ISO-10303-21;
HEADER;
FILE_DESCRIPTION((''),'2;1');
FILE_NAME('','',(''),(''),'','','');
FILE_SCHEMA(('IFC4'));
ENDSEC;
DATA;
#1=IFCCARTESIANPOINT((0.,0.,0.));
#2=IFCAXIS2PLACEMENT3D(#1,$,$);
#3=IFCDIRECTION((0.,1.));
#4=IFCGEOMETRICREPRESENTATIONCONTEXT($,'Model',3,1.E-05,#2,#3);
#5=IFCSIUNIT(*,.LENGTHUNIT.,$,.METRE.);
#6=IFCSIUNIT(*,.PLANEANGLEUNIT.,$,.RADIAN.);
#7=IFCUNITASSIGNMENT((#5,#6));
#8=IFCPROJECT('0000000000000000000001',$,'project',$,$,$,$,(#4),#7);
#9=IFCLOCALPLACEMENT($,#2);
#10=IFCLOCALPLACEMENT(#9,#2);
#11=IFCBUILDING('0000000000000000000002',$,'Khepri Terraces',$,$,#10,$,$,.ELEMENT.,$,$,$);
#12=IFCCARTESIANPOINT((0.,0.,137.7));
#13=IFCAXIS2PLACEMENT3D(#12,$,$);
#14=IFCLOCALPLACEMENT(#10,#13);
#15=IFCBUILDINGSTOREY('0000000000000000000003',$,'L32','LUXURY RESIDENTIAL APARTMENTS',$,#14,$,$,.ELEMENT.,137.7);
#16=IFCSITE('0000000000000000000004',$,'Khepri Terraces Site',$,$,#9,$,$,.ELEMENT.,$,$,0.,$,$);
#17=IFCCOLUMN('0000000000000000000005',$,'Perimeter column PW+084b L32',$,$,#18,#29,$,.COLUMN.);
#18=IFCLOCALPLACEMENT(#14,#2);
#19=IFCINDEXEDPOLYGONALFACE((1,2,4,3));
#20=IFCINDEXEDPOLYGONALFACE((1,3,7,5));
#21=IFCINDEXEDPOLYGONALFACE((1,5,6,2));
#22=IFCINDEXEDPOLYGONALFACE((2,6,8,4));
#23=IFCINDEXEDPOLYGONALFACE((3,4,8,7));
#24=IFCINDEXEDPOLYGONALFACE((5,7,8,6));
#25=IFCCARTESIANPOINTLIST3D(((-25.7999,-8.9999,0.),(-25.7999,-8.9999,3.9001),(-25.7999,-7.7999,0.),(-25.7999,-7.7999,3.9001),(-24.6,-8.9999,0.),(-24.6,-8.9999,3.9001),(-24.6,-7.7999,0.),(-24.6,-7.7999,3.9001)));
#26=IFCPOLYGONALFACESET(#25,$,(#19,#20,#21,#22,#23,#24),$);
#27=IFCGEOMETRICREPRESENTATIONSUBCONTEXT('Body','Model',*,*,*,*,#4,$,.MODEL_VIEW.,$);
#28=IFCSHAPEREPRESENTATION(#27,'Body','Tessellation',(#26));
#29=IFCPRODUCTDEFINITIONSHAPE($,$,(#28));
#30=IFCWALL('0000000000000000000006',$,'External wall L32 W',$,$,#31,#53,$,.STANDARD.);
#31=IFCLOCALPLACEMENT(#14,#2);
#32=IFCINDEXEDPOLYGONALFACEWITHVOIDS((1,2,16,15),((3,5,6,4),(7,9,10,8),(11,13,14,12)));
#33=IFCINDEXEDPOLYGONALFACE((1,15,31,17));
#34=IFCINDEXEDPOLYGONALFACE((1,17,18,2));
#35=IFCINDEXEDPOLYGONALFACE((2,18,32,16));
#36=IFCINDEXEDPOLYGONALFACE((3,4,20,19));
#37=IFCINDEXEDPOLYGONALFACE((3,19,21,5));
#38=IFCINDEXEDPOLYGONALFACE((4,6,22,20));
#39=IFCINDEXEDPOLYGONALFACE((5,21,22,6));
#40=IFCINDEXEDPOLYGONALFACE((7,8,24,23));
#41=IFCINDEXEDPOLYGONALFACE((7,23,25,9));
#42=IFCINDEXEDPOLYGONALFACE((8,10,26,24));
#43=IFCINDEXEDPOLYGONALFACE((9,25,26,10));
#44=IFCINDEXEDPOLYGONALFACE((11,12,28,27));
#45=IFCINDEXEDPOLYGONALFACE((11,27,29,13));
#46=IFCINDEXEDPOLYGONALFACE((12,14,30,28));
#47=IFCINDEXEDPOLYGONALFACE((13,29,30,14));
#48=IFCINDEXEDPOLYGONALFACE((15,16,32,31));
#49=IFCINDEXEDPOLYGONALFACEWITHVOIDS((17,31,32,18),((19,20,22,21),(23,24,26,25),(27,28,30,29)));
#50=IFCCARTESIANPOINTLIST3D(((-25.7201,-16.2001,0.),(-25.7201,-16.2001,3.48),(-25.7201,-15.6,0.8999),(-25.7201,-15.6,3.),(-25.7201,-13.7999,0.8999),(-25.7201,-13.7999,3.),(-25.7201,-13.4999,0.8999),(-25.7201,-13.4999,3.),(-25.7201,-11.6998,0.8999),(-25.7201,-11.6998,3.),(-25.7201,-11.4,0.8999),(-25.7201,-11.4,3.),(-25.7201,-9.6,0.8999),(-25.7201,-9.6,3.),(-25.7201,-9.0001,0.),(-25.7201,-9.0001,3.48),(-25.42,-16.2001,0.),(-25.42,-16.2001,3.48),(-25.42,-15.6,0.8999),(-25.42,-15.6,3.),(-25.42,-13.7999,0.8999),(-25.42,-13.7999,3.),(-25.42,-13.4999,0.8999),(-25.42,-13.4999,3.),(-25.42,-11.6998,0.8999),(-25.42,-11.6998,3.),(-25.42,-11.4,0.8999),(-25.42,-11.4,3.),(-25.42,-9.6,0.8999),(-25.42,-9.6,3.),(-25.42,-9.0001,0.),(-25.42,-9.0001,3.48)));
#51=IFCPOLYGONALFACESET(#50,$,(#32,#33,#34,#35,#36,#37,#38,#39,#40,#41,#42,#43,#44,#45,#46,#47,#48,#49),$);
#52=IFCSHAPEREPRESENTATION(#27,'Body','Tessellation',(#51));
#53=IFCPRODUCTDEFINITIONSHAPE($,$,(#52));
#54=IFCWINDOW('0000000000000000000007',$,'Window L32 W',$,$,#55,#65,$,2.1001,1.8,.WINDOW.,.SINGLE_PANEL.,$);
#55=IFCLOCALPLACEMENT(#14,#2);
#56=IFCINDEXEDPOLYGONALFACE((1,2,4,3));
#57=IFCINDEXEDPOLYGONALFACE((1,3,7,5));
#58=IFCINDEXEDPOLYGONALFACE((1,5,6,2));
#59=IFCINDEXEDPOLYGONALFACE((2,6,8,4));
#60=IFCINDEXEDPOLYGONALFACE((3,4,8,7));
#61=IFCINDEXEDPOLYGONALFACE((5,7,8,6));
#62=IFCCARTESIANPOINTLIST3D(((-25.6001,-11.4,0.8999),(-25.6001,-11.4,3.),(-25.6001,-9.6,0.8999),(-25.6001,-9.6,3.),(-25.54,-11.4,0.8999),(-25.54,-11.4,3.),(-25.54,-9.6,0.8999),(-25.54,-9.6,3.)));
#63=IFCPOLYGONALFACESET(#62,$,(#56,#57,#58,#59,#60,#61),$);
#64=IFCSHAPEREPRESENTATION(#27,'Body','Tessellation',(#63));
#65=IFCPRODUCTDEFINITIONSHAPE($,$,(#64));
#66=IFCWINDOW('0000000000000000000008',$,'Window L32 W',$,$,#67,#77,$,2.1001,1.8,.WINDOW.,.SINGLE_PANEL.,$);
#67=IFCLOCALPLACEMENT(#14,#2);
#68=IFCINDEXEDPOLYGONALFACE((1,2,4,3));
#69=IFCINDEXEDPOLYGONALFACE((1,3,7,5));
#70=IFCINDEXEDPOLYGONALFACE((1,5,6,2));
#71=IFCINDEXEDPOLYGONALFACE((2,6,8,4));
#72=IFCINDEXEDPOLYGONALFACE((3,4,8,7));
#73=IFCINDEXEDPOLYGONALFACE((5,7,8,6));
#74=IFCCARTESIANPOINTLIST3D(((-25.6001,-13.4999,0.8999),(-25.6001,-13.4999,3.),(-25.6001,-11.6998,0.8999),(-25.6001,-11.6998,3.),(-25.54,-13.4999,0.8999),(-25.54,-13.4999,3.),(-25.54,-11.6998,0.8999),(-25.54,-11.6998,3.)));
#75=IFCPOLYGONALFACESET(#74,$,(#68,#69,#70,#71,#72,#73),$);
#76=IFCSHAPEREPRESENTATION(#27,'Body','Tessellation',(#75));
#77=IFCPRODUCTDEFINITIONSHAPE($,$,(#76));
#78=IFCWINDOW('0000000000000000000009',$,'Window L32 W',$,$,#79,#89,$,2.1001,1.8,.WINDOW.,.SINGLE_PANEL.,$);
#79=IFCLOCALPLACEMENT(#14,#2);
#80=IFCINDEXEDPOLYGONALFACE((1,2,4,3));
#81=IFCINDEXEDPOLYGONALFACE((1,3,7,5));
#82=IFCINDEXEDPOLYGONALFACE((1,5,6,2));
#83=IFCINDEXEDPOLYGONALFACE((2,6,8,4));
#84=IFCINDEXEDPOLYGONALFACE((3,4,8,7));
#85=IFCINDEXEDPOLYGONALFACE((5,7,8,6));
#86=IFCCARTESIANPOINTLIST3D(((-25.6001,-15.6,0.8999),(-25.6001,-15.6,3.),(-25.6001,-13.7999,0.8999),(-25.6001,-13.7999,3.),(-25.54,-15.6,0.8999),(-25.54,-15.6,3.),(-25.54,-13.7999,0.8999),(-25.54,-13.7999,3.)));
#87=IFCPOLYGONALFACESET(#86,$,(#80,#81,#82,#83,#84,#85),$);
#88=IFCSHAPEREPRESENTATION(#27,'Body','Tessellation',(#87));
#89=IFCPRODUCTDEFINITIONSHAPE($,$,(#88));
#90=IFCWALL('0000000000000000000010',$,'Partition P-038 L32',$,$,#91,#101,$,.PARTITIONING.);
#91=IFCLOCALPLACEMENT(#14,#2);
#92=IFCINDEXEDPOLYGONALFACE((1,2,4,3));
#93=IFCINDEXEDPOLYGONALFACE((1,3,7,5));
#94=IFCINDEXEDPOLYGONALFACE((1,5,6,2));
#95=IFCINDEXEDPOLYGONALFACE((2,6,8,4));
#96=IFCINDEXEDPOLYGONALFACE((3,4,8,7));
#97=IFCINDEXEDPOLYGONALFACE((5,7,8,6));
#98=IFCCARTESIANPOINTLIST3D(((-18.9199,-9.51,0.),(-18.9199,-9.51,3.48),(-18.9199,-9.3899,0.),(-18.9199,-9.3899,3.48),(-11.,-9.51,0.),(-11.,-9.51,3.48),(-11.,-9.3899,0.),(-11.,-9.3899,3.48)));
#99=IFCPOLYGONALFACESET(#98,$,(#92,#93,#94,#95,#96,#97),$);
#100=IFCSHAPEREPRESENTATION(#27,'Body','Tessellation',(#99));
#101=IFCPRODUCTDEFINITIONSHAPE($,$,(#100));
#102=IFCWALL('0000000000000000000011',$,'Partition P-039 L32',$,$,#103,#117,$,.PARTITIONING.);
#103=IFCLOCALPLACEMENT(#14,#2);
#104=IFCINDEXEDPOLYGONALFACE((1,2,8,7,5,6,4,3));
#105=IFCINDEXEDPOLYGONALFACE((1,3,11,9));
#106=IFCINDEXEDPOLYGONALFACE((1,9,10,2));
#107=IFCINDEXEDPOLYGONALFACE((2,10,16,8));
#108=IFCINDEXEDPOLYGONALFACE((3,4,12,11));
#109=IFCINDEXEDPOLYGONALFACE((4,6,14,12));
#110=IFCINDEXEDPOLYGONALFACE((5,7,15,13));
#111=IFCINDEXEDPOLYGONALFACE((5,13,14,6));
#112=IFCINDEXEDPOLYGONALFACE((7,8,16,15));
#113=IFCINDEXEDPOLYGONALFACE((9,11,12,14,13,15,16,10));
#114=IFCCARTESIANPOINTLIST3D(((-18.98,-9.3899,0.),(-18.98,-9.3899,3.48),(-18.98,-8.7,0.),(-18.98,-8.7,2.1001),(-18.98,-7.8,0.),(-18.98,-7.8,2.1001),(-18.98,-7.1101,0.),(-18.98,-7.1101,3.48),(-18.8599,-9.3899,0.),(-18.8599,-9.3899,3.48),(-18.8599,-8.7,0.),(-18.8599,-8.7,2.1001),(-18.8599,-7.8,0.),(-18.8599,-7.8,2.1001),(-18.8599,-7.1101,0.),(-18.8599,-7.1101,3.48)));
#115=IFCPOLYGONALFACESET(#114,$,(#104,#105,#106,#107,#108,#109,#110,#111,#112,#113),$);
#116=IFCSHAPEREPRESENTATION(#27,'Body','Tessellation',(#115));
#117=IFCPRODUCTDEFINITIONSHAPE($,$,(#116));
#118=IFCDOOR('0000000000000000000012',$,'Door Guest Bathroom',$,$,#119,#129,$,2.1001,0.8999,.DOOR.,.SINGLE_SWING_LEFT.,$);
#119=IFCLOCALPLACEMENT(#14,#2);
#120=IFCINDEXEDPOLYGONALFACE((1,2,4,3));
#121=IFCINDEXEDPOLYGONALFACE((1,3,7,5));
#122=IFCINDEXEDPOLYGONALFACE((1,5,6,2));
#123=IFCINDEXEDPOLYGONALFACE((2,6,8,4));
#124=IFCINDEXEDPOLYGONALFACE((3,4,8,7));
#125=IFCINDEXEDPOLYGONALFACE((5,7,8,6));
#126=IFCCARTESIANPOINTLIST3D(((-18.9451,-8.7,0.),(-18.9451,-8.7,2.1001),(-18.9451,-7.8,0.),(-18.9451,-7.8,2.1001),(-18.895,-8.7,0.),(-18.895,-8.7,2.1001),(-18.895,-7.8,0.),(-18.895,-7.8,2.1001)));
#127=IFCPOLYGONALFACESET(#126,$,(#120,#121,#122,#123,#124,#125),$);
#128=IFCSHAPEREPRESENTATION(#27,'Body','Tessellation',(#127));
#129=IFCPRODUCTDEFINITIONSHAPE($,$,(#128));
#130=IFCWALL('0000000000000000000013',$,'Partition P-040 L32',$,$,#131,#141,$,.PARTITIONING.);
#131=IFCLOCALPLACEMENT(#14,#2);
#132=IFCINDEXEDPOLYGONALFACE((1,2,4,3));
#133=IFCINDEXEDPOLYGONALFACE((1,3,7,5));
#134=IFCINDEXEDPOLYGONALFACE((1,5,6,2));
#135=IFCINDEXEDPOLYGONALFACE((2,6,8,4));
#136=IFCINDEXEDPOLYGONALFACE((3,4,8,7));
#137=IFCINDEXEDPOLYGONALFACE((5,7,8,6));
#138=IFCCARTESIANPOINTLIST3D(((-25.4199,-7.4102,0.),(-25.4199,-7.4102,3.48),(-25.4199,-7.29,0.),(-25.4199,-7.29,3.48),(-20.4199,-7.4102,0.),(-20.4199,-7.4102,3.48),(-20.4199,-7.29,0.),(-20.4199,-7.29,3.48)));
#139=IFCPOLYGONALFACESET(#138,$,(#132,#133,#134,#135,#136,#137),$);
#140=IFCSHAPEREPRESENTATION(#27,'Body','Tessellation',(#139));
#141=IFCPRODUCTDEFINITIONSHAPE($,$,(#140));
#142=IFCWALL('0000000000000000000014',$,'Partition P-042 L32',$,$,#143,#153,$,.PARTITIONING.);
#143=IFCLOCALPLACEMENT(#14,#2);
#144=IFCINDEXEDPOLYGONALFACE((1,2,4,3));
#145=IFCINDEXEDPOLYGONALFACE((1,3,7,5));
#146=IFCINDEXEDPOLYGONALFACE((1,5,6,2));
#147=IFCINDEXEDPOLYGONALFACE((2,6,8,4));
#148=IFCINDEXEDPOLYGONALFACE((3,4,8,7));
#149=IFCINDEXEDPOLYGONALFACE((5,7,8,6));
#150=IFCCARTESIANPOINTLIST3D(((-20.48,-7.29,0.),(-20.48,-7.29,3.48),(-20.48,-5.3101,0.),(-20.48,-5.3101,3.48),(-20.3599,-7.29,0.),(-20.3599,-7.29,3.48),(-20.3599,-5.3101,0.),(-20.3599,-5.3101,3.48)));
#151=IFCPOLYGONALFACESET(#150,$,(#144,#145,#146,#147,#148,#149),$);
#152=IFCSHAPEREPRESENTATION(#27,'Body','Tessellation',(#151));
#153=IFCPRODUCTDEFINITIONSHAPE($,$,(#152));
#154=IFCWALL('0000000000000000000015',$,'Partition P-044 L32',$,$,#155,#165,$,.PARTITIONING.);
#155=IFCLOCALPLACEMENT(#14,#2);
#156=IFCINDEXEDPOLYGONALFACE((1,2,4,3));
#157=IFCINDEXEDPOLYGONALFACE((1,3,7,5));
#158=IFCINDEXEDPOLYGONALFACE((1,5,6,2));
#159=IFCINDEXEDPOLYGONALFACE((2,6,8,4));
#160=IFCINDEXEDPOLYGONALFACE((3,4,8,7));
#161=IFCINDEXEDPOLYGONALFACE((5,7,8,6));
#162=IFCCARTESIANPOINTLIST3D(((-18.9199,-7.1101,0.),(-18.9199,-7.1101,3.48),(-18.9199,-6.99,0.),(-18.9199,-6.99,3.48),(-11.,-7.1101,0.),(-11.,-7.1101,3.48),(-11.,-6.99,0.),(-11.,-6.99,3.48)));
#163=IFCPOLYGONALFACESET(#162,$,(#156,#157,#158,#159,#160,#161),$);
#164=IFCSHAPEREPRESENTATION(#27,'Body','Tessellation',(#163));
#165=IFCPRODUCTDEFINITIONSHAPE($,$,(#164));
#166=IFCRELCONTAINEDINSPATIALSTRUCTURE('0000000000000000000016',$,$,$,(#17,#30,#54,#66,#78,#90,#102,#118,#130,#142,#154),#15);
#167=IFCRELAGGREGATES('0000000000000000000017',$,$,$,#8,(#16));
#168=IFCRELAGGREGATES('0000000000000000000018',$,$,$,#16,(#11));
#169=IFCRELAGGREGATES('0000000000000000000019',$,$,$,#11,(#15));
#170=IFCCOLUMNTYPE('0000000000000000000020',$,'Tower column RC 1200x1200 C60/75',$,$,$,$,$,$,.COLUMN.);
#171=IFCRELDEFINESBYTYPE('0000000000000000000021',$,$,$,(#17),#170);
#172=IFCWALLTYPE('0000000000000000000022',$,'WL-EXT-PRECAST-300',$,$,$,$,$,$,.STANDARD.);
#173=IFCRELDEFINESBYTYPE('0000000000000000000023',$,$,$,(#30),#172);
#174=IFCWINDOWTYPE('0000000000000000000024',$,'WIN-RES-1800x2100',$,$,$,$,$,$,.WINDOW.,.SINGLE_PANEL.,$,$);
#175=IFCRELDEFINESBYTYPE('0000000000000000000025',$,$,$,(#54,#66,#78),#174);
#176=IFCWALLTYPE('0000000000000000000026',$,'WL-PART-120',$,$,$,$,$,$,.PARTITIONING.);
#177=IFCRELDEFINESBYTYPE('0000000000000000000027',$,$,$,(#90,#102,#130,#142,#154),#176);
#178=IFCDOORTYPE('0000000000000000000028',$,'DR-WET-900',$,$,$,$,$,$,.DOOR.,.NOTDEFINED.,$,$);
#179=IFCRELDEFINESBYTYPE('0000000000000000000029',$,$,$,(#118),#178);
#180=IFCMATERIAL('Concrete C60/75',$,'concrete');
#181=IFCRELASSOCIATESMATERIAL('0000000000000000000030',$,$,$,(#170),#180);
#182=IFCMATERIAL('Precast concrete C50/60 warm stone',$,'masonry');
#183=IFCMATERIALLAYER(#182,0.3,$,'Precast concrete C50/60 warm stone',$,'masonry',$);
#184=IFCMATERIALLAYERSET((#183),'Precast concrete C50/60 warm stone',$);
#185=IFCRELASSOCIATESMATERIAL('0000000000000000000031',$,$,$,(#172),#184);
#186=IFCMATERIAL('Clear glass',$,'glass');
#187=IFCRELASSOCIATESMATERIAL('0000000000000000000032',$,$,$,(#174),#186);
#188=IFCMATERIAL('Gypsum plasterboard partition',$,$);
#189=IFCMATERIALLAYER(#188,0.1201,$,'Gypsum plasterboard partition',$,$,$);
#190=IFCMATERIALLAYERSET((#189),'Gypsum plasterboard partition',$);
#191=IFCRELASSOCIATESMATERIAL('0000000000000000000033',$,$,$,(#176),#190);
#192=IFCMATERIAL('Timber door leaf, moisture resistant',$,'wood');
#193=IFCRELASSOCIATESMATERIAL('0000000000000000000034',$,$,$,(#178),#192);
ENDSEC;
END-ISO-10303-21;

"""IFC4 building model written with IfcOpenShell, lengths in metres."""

from ifc_helpers import new_model, si_unit, direction, frame, frame_2d, origin, origin_2d, place, context, subcontext, project, spatial, rectangle, extrude, material, layer, layer_set, material_profile, profile_set, type_object, element, fill, save


model = new_model("IFC4")

# Units and contexts
model_context = context("Model", 3, precision=1e-05, world=origin(), true_north=direction((0.0, 1.0)))
body_context = subcontext(model_context, "Body", "Model", "MODEL_VIEW")
ifc_project = project(units=[si_unit("LENGTHUNIT", "METRE"), si_unit("PLANEANGLEUNIT", "RADIAN")], contexts=[model_context])

# Site, building, storey
site_placement = place(None, origin())
site = spatial("IfcSite", under=ifc_project, at=site_placement, Name="Khepri Terraces Site", CompositionType="ELEMENT", RefElevation=0.0)
building_placement = place(site_placement, origin())
building = spatial("IfcBuilding", under=site, at=building_placement, Name="Khepri Terraces", CompositionType="ELEMENT")
storey_placement = place(building_placement, frame((0.0, 0.0, 137.7)))
storey = spatial("IfcBuildingStorey", under=building, at=storey_placement, Name="L32", Description="LUXURY RESIDENTIAL APARTMENTS", CompositionType="ELEMENT", Elevation=137.7)

# Column
ifc_material_1 = material(Name="Concrete C60/75", Category="concrete")
ifc_material_profile = material_profile(ifc_material_1, rectangle(XDim=1.2, YDim=1.2, at=origin_2d()), Name="Concrete C60/75", Category="concrete")
ifc_profile_set = profile_set([ifc_material_profile], Name="Concrete C60/75")
column_type = type_object("IfcColumnType", Name="Tower column RC 1200x1200 C60/75", PredefinedType="COLUMN", material=ifc_profile_set)
column_placement = place(storey_placement, frame((-25.2, -8.3999, 0.0), z_axis=(0.0, 0.0, 1.0), x_axis=(1.0, 0.0, 0.0)))
element("IfcColumn", 1, at=column_placement, inside=storey, type_object=column_type, Name="Perimeter column PW+084b L32", PredefinedType="COLUMN", context=body_context, shape_type="SweptSolid", body=[
    extrude(rectangle(XDim=1.2, YDim=1.2, at=origin_2d()), origin(), (0.0, 0.0, 1.0), 3.9001),
])

# Shared definitions
ifc_material_2 = material(Name="Precast concrete C50/60 warm stone", Category="masonry")
ifc_layer_1 = layer(ifc_material_2, 0.3, Name="Precast concrete C50/60 warm stone", Category="masonry")
ifc_layer_set_1 = layer_set([ifc_layer_1], Name="Precast concrete C50/60 warm stone")
wall_type_1 = type_object("IfcWallType", Name="WL-EXT-PRECAST-300", PredefinedType="STANDARD", material=ifc_layer_set_1)
ifc_material_3 = material(Name="Clear glass", Category="glass")
window_type = type_object("IfcWindowType", Name="WIN-RES-1800x2100", PartitioningType="SINGLE_PANEL", PredefinedType="WINDOW", material=ifc_material_3)

# Wall, openings, windows
wall_1_placement = place(storey_placement, frame((-25.5701, -9.0, 0.0), z_axis=(0.0, 0.0, 1.0), x_axis=(0.0, -1.0, 0.0)))
wall_1 = element("IfcWall", 2, at=wall_1_placement, inside=storey, type_object=wall_type_1, Name="External wall L32 W", PredefinedType="STANDARD", context=body_context, shape_type="SweptSolid", body=[
    extrude(rectangle(XDim=7.2, YDim=0.3, at=frame_2d((3.6001, 0.0))), origin(), (0.0, 0.0, 1.0), 3.48),
])
opening_1_placement = place(wall_1_placement, frame((0.6001, 0.0, 0.8999)))
opening_1 = element("IfcOpeningElement", 3, at=opening_1_placement, cuts=wall_1, PredefinedType="OPENING", context=body_context, shape_type="SweptSolid", body=[
    extrude(rectangle(XDim=1.8, YDim=2.1001, at=frame_2d((0.8999, 1.05))), frame((0.0, 0.1602, 0.0), z_axis=(0.0, -1.0, 0.0), x_axis=(1.0, 0.0, 0.0)), (0.0, 0.0, 1.0), 0.3201),
])
opening_2_placement = place(wall_1_placement, frame((2.7, 0.0, 0.8999)))
opening_2 = element("IfcOpeningElement", 4, at=opening_2_placement, cuts=wall_1, PredefinedType="OPENING", context=body_context, shape_type="SweptSolid", body=[
    extrude(rectangle(XDim=1.8, YDim=2.1001, at=frame_2d((0.8999, 1.05))), frame((0.0, 0.1602, 0.0), z_axis=(0.0, -1.0, 0.0), x_axis=(1.0, 0.0, 0.0)), (0.0, 0.0, 1.0), 0.3201),
])
opening_3_placement = place(wall_1_placement, frame((4.8, 0.0, 0.8999)))
opening_3 = element("IfcOpeningElement", 5, at=opening_3_placement, cuts=wall_1, PredefinedType="OPENING", context=body_context, shape_type="SweptSolid", body=[
    extrude(rectangle(XDim=1.8, YDim=2.1001, at=frame_2d((0.8999, 1.05))), frame((0.0, 0.1602, 0.0), z_axis=(0.0, -1.0, 0.0), x_axis=(1.0, 0.0, 0.0)), (0.0, 0.0, 1.0), 0.3201),
])
window_1_placement = place(opening_1_placement, origin())
window_1 = element("IfcWindow", 6, at=window_1_placement, inside=storey, type_object=window_type, Name="Window L32 W", OverallHeight=2.1001, OverallWidth=1.8, PartitioningType="SINGLE_PANEL", PredefinedType="WINDOW", context=body_context, shape_type="SweptSolid", body=[
    extrude(rectangle(XDim=1.8, YDim=2.1001, at=frame_2d((0.8999, 1.05))), frame((0.0, 0.03, 0.0), z_axis=(0.0, -1.0, 0.0), x_axis=(1.0, 0.0, 0.0)), (0.0, 0.0, 1.0), 0.0601),
])
fill(opening_1, window_1)
window_2_placement = place(opening_2_placement, origin())
window_2 = element("IfcWindow", 7, at=window_2_placement, inside=storey, type_object=window_type, Name="Window L32 W", OverallHeight=2.1001, OverallWidth=1.8, PartitioningType="SINGLE_PANEL", PredefinedType="WINDOW", context=body_context, shape_type="SweptSolid", body=[
    extrude(rectangle(XDim=1.8, YDim=2.1001, at=frame_2d((0.8999, 1.05))), frame((0.0, 0.03, 0.0), z_axis=(0.0, -1.0, 0.0), x_axis=(1.0, 0.0, 0.0)), (0.0, 0.0, 1.0), 0.0601),
])
fill(opening_2, window_2)
window_3_placement = place(opening_3_placement, origin())
window_3 = element("IfcWindow", 8, at=window_3_placement, inside=storey, type_object=window_type, Name="Window L32 W", OverallHeight=2.1001, OverallWidth=1.8, PartitioningType="SINGLE_PANEL", PredefinedType="WINDOW", context=body_context, shape_type="SweptSolid", body=[
    extrude(rectangle(XDim=1.8, YDim=2.1001, at=frame_2d((0.8999, 1.05))), frame((0.0, 0.03, 0.0), z_axis=(0.0, -1.0, 0.0), x_axis=(1.0, 0.0, 0.0)), (0.0, 0.0, 1.0), 0.0601),
])
fill(opening_3, window_3)

# Wall
ifc_material_4 = material(Name="Gypsum plasterboard partition")
ifc_layer_2 = layer(ifc_material_4, 0.1201, Name="Gypsum plasterboard partition")
ifc_layer_set_2 = layer_set([ifc_layer_2], Name="Gypsum plasterboard partition")
wall_type_2 = type_object("IfcWallType", Name="WL-PART-120", PredefinedType="PARTITIONING", material=ifc_layer_set_2)
wall_2_placement = place(storey_placement, frame((-18.9199, -9.45, 0.0), z_axis=(0.0, 0.0, 1.0), x_axis=(1.0, 0.0, 0.0)))
element("IfcWall", 9, at=wall_2_placement, inside=storey, type_object=wall_type_2, Name="Partition P-038 L32", PredefinedType="PARTITIONING", context=body_context, shape_type="SweptSolid", body=[
    extrude(rectangle(XDim=7.9199, YDim=0.1201, at=frame_2d((3.96, 0.0))), origin(), (0.0, 0.0, 1.0), 3.48),
])

# Wall, opening, door
wall_3_placement = place(storey_placement, frame((-18.9199, -9.3899, 0.0), z_axis=(0.0, 0.0, 1.0), x_axis=(0.0, 1.0, 0.0)))
wall_3 = element("IfcWall", 10, at=wall_3_placement, inside=storey, type_object=wall_type_2, Name="Partition P-039 L32", PredefinedType="PARTITIONING", context=body_context, shape_type="SweptSolid", body=[
    extrude(rectangle(XDim=2.2798, YDim=0.1201, at=frame_2d((1.1399, 0.0))), origin(), (0.0, 0.0, 1.0), 3.48),
])
opening_4_placement = place(wall_3_placement, frame((0.6899, 0.0, 0.0)))
opening_4 = element("IfcOpeningElement", 11, at=opening_4_placement, cuts=wall_3, PredefinedType="OPENING", context=body_context, shape_type="SweptSolid", body=[
    extrude(rectangle(XDim=0.8999, YDim=2.1001, at=frame_2d((0.45, 1.05))), frame((0.0, 0.0701, 0.0), z_axis=(0.0, -1.0, 0.0), x_axis=(1.0, 0.0, 0.0)), (0.0, 0.0, 1.0), 0.1401),
])
ifc_material_5 = material(Name="Timber door leaf, moisture resistant", Category="wood")
door_type_1 = type_object("IfcDoorType", Name="DR-WET-900", OperationType="NOTDEFINED", PredefinedType="DOOR", material=ifc_material_5)
door_1_placement = place(opening_4_placement, frame((0.8999, 0.0, 0.0), z_axis=(0.0, 0.0, 1.0), x_axis=(-1.0, 0.0, 0.0)))
door_1 = element("IfcDoor", 12, at=door_1_placement, inside=storey, type_object=door_type_1, Name="Door Guest Bathroom", OperationType="SINGLE_SWING_LEFT", OverallHeight=2.1001, OverallWidth=0.8999, PredefinedType="DOOR", context=body_context, shape_type="SweptSolid", body=[
    extrude(rectangle(XDim=0.8999, YDim=2.1001, at=frame_2d((0.45, 1.05))), frame((0.0, 0.0249, 0.0), z_axis=(0.0, -1.0, 0.0), x_axis=(1.0, 0.0, 0.0)), (0.0, 0.0, 1.0), 0.05),
])
fill(opening_4, door_1)

# Walls
wall_4_placement = place(storey_placement, frame((-25.4199, -7.3501, 0.0), z_axis=(0.0, 0.0, 1.0), x_axis=(1.0, 0.0, 0.0)))
element("IfcWall", 13, at=wall_4_placement, inside=storey, type_object=wall_type_2, Name="Partition P-040 L32", PredefinedType="PARTITIONING", context=body_context, shape_type="SweptSolid", body=[
    extrude(rectangle(XDim=5.0, YDim=0.1201, at=frame_2d((2.5, 0.0))), origin(), (0.0, 0.0, 1.0), 3.48),
])
wall_5_placement = place(storey_placement, frame((-20.4199, -7.29, 0.0), z_axis=(0.0, 0.0, 1.0), x_axis=(0.0, 1.0, 0.0)))
element("IfcWall", 14, at=wall_5_placement, inside=storey, type_object=wall_type_2, Name="Partition P-042 L32", PredefinedType="PARTITIONING", context=body_context, shape_type="SweptSolid", body=[
    extrude(rectangle(XDim=1.98, YDim=0.1201, at=frame_2d((0.99, 0.0))), origin(), (0.0, 0.0, 1.0), 3.48),
])
wall_6_placement = place(storey_placement, frame((-18.9199, -7.05, 0.0), z_axis=(0.0, 0.0, 1.0), x_axis=(1.0, 0.0, 0.0)))
element("IfcWall", 15, at=wall_6_placement, inside=storey, type_object=wall_type_2, Name="Partition P-044 L32", PredefinedType="PARTITIONING", context=body_context, shape_type="SweptSolid", body=[
    extrude(rectangle(XDim=7.9199, YDim=0.1201, at=frame_2d((3.96, 0.0))), origin(), (0.0, 0.0, 1.0), 3.48),
])

save(model, "model.ifc")
